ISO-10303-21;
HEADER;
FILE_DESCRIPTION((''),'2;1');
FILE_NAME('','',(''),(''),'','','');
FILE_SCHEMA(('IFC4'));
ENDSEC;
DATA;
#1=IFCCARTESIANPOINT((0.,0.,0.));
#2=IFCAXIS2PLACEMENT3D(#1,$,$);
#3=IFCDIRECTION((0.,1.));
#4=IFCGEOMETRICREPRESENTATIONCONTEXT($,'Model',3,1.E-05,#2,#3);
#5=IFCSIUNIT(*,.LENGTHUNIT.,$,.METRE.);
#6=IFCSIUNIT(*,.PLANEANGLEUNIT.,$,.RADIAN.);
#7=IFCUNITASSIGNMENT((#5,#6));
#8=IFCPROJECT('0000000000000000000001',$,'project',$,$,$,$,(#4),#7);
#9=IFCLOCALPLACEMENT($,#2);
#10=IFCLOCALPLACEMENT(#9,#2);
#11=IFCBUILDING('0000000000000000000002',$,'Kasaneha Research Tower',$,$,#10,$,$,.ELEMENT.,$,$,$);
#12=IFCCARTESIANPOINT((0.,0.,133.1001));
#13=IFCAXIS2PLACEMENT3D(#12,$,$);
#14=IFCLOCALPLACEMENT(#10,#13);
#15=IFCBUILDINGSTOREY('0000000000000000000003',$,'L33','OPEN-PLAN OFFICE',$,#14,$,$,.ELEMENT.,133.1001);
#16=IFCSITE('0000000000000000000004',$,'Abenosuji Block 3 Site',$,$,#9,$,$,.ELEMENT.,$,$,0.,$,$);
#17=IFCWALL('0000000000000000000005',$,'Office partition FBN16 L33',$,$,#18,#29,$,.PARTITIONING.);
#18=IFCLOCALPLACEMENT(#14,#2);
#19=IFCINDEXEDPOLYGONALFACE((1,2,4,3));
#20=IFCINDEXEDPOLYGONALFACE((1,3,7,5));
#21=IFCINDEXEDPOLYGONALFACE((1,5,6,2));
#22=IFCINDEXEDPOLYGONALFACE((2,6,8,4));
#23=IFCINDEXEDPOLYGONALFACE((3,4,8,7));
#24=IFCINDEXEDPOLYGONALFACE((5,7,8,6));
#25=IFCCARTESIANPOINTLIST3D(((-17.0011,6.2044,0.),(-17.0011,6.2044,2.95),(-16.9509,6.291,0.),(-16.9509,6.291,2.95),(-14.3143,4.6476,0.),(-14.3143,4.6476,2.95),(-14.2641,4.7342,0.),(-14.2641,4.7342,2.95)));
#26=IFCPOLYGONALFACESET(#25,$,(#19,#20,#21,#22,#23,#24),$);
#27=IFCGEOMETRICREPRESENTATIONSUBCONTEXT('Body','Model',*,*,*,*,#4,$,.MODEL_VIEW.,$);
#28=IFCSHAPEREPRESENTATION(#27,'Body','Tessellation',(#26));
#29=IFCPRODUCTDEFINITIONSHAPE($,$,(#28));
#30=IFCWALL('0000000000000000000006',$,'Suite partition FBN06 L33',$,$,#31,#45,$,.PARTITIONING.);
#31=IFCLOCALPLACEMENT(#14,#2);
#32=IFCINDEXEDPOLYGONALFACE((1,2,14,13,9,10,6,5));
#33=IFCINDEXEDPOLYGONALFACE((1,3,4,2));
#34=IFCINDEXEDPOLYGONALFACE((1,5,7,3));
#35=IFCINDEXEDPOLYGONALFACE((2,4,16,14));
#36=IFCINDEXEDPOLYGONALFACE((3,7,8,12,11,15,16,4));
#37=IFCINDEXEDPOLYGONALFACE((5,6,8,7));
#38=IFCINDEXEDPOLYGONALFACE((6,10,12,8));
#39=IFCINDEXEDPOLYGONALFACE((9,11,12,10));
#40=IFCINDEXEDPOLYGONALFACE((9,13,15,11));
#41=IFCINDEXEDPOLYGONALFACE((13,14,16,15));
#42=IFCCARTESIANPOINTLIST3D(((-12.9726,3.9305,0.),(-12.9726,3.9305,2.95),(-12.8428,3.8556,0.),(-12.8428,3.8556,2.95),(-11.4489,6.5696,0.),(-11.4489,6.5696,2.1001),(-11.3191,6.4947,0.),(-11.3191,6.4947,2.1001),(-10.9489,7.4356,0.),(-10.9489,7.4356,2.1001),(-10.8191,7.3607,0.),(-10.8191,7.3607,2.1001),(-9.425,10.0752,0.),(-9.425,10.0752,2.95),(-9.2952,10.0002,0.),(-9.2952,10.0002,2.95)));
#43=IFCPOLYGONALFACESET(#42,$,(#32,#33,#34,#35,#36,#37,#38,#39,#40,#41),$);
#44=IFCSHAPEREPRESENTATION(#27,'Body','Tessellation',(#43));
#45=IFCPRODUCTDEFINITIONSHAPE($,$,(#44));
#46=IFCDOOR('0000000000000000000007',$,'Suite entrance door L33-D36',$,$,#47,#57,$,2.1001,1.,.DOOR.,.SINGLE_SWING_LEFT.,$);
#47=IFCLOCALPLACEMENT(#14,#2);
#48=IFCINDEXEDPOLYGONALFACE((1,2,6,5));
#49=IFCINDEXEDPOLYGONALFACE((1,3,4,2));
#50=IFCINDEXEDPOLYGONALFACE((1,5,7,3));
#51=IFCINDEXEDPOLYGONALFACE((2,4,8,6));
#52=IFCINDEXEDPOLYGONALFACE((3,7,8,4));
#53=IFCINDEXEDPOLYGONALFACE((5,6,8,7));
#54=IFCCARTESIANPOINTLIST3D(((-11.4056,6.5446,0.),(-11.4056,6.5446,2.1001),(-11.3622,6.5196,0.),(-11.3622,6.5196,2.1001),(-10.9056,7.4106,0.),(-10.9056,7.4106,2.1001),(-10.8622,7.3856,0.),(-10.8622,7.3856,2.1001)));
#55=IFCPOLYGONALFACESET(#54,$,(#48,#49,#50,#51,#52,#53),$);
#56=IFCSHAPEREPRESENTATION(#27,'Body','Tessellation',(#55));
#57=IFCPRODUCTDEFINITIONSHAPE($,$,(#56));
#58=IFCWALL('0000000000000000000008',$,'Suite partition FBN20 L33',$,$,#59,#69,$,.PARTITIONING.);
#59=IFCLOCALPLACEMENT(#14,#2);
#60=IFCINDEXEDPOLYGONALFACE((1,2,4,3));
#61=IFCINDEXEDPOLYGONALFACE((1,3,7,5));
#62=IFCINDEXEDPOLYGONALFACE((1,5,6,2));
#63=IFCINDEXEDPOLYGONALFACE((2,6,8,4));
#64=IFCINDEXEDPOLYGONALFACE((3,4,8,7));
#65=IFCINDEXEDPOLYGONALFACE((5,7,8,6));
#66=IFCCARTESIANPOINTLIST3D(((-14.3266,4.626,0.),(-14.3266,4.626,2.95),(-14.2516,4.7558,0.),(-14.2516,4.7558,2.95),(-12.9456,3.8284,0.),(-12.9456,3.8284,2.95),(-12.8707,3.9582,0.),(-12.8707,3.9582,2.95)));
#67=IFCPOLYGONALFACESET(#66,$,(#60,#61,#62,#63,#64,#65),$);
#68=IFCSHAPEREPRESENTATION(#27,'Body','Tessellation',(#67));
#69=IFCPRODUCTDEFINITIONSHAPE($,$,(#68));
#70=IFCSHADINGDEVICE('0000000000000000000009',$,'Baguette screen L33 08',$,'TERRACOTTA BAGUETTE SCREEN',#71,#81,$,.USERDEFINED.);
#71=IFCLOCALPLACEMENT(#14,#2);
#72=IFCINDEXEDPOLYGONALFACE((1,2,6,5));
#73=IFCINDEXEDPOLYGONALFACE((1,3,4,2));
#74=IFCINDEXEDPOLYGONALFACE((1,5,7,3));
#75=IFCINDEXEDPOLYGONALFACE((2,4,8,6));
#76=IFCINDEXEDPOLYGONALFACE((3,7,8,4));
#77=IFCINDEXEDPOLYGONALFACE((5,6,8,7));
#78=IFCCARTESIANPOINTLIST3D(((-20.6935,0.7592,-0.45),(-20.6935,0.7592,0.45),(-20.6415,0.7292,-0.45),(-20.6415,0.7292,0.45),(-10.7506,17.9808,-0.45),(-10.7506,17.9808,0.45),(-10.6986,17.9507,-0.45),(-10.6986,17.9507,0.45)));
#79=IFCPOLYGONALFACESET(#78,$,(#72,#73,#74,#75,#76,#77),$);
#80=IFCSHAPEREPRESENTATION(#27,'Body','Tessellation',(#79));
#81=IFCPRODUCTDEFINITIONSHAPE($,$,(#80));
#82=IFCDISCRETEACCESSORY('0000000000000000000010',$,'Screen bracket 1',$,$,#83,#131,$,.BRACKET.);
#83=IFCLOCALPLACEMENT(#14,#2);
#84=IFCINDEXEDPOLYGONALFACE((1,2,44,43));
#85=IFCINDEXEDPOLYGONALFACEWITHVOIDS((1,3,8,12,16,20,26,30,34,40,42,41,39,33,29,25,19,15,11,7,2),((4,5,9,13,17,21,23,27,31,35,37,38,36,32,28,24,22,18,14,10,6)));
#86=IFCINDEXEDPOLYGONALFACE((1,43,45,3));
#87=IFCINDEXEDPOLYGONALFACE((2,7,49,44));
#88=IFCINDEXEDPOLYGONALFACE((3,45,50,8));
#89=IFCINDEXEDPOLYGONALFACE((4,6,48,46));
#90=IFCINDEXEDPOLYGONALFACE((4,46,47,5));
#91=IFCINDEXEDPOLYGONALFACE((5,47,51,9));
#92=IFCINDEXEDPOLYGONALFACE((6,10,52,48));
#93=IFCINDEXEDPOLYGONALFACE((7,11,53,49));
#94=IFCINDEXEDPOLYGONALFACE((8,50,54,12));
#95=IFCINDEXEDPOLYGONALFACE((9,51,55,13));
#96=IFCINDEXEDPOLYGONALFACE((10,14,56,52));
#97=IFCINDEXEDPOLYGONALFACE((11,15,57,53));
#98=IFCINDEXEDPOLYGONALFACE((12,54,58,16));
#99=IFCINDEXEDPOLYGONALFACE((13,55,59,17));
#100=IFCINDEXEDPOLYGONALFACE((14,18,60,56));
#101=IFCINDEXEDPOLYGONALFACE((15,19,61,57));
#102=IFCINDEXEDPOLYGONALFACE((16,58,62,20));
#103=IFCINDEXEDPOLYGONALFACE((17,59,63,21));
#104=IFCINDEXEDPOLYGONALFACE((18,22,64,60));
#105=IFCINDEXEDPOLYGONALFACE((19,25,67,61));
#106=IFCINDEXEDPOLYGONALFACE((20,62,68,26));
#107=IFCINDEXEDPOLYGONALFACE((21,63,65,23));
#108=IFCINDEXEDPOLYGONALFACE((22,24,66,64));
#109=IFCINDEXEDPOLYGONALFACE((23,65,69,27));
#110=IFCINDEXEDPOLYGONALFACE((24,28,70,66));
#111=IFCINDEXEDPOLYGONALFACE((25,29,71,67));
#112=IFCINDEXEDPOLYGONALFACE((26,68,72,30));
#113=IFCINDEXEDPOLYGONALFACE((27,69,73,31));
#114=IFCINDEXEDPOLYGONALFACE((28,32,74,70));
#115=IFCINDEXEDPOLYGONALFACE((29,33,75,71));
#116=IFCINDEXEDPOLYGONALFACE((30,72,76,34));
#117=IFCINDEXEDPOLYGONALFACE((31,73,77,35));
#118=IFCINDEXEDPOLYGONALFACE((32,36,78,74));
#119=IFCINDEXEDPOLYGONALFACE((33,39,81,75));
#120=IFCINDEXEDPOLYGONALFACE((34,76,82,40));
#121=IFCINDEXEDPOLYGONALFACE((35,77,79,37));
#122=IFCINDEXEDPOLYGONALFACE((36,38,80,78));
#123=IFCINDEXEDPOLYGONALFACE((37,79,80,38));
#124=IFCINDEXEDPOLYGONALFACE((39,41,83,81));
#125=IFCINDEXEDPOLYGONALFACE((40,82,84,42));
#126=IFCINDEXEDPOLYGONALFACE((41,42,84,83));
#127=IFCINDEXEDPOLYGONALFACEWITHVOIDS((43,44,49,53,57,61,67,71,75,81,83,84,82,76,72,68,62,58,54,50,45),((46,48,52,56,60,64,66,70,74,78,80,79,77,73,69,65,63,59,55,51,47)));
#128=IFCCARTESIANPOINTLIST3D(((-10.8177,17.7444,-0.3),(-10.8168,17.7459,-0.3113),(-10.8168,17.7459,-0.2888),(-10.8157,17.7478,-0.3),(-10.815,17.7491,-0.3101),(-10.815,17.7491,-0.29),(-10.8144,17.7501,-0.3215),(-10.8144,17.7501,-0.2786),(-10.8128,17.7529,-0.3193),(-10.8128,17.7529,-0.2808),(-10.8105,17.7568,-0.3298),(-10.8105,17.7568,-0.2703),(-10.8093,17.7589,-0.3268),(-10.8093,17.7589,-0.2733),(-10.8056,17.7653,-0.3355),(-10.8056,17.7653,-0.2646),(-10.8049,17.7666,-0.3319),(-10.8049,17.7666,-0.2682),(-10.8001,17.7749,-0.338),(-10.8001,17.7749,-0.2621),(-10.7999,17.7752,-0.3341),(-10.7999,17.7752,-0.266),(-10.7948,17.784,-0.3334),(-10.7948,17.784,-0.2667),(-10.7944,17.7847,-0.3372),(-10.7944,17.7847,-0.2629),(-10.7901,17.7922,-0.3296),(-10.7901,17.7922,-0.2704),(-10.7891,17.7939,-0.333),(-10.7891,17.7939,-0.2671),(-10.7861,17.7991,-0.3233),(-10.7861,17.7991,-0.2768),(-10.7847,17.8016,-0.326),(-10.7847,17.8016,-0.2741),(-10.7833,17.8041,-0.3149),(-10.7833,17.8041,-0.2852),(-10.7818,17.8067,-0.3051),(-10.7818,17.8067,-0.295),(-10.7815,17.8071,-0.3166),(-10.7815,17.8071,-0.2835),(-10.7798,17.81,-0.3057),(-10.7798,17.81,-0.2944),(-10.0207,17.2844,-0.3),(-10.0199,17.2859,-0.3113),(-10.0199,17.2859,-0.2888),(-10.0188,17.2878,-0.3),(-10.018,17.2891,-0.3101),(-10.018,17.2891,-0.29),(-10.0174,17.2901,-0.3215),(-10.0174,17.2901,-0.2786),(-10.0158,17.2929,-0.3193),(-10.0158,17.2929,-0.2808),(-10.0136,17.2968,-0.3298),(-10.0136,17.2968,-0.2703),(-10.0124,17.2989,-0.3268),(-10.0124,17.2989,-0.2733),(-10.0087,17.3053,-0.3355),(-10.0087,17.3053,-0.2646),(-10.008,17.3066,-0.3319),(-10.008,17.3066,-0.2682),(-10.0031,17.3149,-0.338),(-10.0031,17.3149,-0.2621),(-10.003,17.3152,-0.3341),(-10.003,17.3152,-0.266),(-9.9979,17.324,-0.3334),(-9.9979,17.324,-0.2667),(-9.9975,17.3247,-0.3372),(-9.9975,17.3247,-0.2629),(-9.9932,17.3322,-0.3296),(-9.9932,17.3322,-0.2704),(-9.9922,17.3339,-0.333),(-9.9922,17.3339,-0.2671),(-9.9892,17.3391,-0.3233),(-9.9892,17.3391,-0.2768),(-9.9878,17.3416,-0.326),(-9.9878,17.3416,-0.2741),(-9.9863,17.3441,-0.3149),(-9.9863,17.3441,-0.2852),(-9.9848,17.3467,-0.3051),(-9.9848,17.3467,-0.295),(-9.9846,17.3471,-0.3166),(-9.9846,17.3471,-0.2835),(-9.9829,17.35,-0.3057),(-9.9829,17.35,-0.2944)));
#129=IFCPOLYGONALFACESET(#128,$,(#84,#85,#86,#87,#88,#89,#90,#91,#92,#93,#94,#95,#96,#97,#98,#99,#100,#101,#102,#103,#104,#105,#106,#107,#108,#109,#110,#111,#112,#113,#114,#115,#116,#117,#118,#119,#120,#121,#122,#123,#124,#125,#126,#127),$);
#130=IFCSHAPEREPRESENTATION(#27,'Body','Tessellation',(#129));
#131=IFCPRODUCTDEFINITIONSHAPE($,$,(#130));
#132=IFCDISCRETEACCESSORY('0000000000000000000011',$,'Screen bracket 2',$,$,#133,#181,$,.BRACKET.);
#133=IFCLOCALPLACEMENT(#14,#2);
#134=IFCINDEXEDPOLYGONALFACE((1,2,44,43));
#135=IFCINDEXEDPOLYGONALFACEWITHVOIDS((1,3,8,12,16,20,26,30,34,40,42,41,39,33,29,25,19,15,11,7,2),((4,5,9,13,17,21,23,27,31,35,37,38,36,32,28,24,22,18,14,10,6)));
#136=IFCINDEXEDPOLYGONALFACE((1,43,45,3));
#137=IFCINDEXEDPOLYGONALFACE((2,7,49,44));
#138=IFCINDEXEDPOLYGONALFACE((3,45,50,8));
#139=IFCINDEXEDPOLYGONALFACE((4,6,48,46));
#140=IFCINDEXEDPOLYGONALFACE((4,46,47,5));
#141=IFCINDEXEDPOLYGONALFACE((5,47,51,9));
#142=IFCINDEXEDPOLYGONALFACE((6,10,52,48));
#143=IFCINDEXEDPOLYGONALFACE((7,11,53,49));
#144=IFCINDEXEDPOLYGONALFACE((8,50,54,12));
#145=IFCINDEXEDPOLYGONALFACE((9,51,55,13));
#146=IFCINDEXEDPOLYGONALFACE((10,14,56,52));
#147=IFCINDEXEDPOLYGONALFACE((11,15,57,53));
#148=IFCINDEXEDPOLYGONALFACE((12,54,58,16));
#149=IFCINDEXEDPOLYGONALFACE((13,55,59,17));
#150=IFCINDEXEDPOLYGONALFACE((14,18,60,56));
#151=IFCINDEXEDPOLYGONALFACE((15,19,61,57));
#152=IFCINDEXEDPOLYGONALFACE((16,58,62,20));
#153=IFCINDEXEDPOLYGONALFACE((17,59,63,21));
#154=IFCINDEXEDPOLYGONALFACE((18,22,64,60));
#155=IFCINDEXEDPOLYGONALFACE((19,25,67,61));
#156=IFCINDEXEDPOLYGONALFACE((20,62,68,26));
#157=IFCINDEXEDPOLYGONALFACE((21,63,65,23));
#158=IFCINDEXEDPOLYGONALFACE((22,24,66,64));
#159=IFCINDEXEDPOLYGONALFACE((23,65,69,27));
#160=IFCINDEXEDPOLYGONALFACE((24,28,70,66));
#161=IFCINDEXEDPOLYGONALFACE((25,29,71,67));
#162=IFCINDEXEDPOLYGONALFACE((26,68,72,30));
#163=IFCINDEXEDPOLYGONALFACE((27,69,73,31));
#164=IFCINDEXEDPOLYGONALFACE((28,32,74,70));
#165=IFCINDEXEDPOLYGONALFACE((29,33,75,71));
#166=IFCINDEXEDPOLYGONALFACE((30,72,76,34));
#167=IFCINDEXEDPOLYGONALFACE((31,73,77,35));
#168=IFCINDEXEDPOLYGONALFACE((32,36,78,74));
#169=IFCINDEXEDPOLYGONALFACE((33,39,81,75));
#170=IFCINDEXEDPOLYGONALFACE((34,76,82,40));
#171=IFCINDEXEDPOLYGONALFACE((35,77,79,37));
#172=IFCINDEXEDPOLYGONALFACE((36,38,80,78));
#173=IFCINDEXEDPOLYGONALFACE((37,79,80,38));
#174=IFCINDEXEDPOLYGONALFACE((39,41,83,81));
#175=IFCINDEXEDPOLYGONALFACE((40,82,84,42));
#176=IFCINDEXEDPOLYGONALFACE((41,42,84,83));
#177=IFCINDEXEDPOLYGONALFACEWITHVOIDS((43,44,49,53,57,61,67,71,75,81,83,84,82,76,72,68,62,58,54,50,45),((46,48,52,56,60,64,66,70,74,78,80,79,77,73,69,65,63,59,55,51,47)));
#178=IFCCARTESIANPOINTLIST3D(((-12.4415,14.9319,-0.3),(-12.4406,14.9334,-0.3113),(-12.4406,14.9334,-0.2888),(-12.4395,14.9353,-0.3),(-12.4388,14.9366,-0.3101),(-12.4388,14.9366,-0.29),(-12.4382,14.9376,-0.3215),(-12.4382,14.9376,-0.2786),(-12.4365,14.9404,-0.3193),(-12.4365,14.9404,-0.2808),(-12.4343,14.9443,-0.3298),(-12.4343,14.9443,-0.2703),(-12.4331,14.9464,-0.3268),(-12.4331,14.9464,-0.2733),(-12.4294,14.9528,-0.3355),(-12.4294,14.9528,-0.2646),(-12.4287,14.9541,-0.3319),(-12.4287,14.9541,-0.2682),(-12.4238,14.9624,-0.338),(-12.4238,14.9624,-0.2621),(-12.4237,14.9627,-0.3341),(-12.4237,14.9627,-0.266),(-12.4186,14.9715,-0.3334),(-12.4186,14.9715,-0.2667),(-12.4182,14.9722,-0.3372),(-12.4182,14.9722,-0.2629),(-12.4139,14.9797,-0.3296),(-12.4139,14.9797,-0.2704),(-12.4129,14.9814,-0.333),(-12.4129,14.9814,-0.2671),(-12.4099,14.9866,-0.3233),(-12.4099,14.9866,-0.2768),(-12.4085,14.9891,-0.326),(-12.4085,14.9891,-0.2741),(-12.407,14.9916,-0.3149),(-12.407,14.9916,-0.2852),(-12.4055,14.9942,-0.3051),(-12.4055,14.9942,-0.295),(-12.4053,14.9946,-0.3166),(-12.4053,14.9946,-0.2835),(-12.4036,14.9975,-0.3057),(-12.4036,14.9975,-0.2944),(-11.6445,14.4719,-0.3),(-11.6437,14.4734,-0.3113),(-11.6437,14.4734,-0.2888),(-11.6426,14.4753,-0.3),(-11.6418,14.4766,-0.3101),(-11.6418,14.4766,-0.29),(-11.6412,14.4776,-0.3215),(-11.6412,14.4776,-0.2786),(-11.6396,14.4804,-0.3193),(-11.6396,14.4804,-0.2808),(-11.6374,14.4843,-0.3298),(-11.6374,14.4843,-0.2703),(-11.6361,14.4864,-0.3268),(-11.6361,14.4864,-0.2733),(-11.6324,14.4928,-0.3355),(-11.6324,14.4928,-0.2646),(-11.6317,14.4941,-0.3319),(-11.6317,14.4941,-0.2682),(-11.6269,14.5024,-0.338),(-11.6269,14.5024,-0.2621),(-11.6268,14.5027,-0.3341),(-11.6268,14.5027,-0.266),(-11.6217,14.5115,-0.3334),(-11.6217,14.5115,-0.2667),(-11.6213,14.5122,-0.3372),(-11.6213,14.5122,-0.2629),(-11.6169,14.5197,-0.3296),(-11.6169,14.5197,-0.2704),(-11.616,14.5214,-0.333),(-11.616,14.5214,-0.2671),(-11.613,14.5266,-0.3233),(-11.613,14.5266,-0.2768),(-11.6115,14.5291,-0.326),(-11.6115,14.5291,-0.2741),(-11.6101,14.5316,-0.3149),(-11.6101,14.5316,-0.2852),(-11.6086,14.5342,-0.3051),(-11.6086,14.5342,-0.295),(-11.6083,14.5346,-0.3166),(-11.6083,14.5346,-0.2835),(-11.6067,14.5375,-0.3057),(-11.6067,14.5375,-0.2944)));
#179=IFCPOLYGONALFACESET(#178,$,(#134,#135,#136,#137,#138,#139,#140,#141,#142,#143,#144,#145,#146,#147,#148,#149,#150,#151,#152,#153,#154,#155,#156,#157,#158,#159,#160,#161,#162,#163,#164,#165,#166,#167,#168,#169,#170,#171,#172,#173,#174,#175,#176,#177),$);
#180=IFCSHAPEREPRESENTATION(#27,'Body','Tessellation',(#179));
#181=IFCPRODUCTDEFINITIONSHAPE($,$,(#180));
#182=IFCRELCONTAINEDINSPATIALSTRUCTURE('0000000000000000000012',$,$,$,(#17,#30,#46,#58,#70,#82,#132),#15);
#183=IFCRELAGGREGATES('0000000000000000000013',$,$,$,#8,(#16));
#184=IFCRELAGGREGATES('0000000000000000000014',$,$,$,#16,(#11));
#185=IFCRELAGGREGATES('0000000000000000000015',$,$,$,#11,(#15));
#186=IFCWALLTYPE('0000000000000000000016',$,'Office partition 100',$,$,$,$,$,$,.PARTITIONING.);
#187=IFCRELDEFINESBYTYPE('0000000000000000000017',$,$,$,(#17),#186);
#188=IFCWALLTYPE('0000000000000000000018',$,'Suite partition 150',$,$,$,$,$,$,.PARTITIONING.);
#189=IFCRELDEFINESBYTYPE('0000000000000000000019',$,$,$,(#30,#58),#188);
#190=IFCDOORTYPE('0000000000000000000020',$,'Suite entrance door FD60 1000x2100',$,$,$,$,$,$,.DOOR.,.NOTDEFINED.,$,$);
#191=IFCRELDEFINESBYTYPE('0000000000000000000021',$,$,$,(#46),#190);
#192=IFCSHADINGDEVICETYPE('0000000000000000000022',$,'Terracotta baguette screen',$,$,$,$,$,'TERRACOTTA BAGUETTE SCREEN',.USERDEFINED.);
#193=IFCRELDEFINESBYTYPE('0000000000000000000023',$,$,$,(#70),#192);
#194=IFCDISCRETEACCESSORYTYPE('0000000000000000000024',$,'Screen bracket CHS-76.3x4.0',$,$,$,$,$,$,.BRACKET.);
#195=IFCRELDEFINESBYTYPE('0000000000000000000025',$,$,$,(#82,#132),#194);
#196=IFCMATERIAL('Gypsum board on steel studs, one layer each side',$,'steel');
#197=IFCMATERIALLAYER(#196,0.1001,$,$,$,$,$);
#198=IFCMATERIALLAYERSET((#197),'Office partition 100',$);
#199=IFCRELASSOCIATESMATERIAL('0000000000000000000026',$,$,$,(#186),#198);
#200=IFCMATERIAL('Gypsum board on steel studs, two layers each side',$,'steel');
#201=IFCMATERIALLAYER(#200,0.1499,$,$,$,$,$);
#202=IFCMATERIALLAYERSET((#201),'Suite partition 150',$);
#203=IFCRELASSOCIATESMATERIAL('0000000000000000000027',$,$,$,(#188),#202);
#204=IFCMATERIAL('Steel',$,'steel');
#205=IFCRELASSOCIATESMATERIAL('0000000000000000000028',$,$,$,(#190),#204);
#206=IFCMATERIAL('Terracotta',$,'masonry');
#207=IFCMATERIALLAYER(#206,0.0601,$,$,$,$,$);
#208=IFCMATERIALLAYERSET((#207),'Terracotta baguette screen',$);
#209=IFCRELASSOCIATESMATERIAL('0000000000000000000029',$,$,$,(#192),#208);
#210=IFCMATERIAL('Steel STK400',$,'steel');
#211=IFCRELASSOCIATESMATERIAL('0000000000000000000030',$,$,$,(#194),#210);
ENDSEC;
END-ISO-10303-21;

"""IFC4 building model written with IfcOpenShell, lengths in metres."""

from ifc_helpers import new_model, si_unit, direction, frame, frame_2d, origin, origin_2d, place, context, subcontext, project, spatial, rectangle, hollow_circle, extrude, material, layer, layer_set, material_profile, profile_set, type_object, element, fill, save


model = new_model("IFC4")

# Units and contexts
model_context = context("Model", 3, precision=1e-05, world=origin(), true_north=direction((0.0, 1.0)))
body_context = subcontext(model_context, "Body", "Model", "MODEL_VIEW")
ifc_project = project(units=[si_unit("LENGTHUNIT", "METRE"), si_unit("PLANEANGLEUNIT", "RADIAN")], contexts=[model_context])

# Site, building, storey
site_placement = place(None, origin())
site = spatial("IfcSite", under=ifc_project, at=site_placement, Name="Abenosuji Block 3 Site", CompositionType="ELEMENT", RefElevation=0.0)
building_placement = place(site_placement, origin())
building = spatial("IfcBuilding", under=site, at=building_placement, Name="Kasaneha Research Tower", CompositionType="ELEMENT")
storey_placement = place(building_placement, frame((0.0, 0.0, 133.1001)))
storey = spatial("IfcBuildingStorey", under=building, at=storey_placement, Name="L33", Description="OPEN-PLAN OFFICE", CompositionType="ELEMENT", Elevation=133.1001)

# Shared definitions
ifc_material_1 = material(Name="Gypsum board on steel studs, one layer each side", Category="steel")
ifc_layer_1 = layer(ifc_material_1, 0.1001)
ifc_layer_set_1 = layer_set([ifc_layer_1], Name="Office partition 100")
wall_type_1 = type_object("IfcWallType", Name="Office partition 100", PredefinedType="PARTITIONING", material=ifc_layer_set_1)

# Wall
wall_1_placement = place(storey_placement, frame((-16.9761, 6.2478, 0.0), z_axis=(0.0, 0.0, 1.0), x_axis=(0.865232, -0.501371, 0.0)))
element("IfcWall", 1, at=wall_1_placement, inside=storey, type_object=wall_type_1, Name="Office partition FBN16 L33", PredefinedType="PARTITIONING", context=body_context, shape_type="SweptSolid", body=[
    extrude(rectangle(XDim=3.1052, YDim=0.1001, at=frame_2d((1.5527, 0.0))), origin(), (0.0, 0.0, 1.0), 2.95),
])

# Wall, opening, door
ifc_material_2 = material(Name="Gypsum board on steel studs, two layers each side", Category="steel")
ifc_layer_2 = layer(ifc_material_2, 0.1499)
ifc_layer_set_2 = layer_set([ifc_layer_2], Name="Suite partition 150")
wall_type_2 = type_object("IfcWallType", Name="Suite partition 150", PredefinedType="PARTITIONING", material=ifc_layer_set_2)
wall_2_placement = place(storey_placement, frame((-12.9077, 3.8931, 0.0), z_axis=(0.0, 0.0, 1.0), x_axis=(0.500006, 0.866022, 0.0)))
wall_2 = element("IfcWall", 2, at=wall_2_placement, inside=storey, type_object=wall_type_2, Name="Suite partition FBN06 L33", PredefinedType="PARTITIONING", context=body_context, shape_type="SweptSolid", body=[
    extrude(rectangle(XDim=7.0952, YDim=0.1499, at=frame_2d((3.5476, 0.0))), origin(), (0.0, 0.0, 1.0), 2.95),
])
opening_1_placement = place(wall_2_placement, frame((3.0474, 0.0, 0.0)))
opening_1 = element("IfcOpeningElement", 3, at=opening_1_placement, cuts=wall_2, PredefinedType="OPENING", context=body_context, shape_type="SweptSolid", body=[
    extrude(rectangle(XDim=1.0, YDim=2.1001, at=frame_2d((0.5, 1.05))), frame((0.0, 0.085, 0.0), z_axis=(0.0, -1.0, 0.0), x_axis=(1.0, 0.0, 0.0)), (0.0, 0.0, 1.0), 0.1699),
])
ifc_material_3 = material(Name="Steel", Category="steel")
door_type_1 = type_object("IfcDoorType", Name="Suite entrance door FD60 1000x2100", OperationType="NOTDEFINED", PredefinedType="DOOR", material=ifc_material_3)
door_1_placement = place(opening_1_placement, origin())
door_1 = element("IfcDoor", 4, at=door_1_placement, inside=storey, type_object=door_type_1, Name="Suite entrance door L33-D36", OperationType="SINGLE_SWING_LEFT", OverallHeight=2.1001, OverallWidth=1.0, PredefinedType="DOOR", context=body_context, shape_type="SweptSolid", body=[
    extrude(rectangle(XDim=1.0, YDim=2.1001, at=frame_2d((0.5, 1.05))), frame((0.0, 0.0249, 0.0), z_axis=(0.0, -1.0, 0.0), x_axis=(1.0, 0.0, 0.0)), (0.0, 0.0, 1.0), 0.05),
])
fill(opening_1, door_1)

# Wall
wall_3_placement = place(storey_placement, frame((-14.2891, 4.6909, 0.0), z_axis=(0.0, 0.0, 1.0), x_axis=(0.865925, -0.500173, 0.0)))
element("IfcWall", 5, at=wall_3_placement, inside=storey, type_object=wall_type_2, Name="Suite partition FBN20 L33", PredefinedType="PARTITIONING", context=body_context, shape_type="SweptSolid", body=[
    extrude(rectangle(XDim=1.5947, YDim=0.1499, at=frame_2d((0.7974, 0.0))), origin(), (0.0, 0.0, 1.0), 2.95),
])

# Shading device
ifc_material_4 = material(Name="Terracotta", Category="masonry")
ifc_layer_3 = layer(ifc_material_4, 0.0601)
ifc_layer_set_3 = layer_set([ifc_layer_3], Name="Terracotta baguette screen")
shading_device_type = type_object("IfcShadingDeviceType", Name="Terracotta baguette screen", ElementType="TERRACOTTA BAGUETTE SCREEN", PredefinedType="USERDEFINED", material=ifc_layer_set_3)
shading_device_placement = place(storey_placement, frame((-15.696, 9.355, -0.45), z_axis=(0.0, 0.0, 1.0), x_axis=(-0.5, -0.866025, 0.0)))
element("IfcShadingDevice", 6, at=shading_device_placement, inside=storey, type_object=shading_device_type, Name="Baguette screen L33 08", ObjectType="TERRACOTTA BAGUETTE SCREEN", PredefinedType="USERDEFINED", context=body_context, shape_type="SweptSolid", body=[
    extrude(rectangle(XDim=19.8857, YDim=0.0601, at=origin_2d()), origin(), (0.0, 0.0, 1.0), 0.8999),
])

# Discrete accessories
ifc_material_5 = material(Name="Steel STK400", Category="steel")
ifc_material_profile_1 = material_profile(ifc_material_5, hollow_circle(Radius=0.0381, WallThickness=0.0039, at=origin_2d()), Name="CHS-76.3x4.0")
ifc_profile_set_1 = profile_set([ifc_material_profile_1], Name="Steel STK400")
discrete_accessory_type = type_object("IfcDiscreteAccessoryType", Name="Screen bracket CHS-76.3x4.0", PredefinedType="BRACKET", material=ifc_profile_set_1)
for number, where, z_axis, x_axis, name in (
    (7, (-10.0017, 17.3174, -0.3), (-0.86608, 0.499906, 0.0), (-0.499906, -0.86608, 0.0), "Screen bracket 1"),
    (8, (-11.6255, 14.5049, -0.3), (-0.86608, 0.499906, 0.0), (-0.499906, -0.86608, 0.0), "Screen bracket 2"),
):
    element("IfcDiscreteAccessory", number, at=place(storey_placement, frame(where, z_axis=z_axis, x_axis=x_axis)), inside=storey, type_object=discrete_accessory_type, Name=name, PredefinedType="BRACKET", context=body_context, shape_type="SweptSolid", body=[
        extrude(hollow_circle(Radius=0.0381, WallThickness=0.0039, at=origin_2d()), origin(), (0.0, 0.0, 1.0), 0.9202),
    ])

save(model, "model.ifc")
